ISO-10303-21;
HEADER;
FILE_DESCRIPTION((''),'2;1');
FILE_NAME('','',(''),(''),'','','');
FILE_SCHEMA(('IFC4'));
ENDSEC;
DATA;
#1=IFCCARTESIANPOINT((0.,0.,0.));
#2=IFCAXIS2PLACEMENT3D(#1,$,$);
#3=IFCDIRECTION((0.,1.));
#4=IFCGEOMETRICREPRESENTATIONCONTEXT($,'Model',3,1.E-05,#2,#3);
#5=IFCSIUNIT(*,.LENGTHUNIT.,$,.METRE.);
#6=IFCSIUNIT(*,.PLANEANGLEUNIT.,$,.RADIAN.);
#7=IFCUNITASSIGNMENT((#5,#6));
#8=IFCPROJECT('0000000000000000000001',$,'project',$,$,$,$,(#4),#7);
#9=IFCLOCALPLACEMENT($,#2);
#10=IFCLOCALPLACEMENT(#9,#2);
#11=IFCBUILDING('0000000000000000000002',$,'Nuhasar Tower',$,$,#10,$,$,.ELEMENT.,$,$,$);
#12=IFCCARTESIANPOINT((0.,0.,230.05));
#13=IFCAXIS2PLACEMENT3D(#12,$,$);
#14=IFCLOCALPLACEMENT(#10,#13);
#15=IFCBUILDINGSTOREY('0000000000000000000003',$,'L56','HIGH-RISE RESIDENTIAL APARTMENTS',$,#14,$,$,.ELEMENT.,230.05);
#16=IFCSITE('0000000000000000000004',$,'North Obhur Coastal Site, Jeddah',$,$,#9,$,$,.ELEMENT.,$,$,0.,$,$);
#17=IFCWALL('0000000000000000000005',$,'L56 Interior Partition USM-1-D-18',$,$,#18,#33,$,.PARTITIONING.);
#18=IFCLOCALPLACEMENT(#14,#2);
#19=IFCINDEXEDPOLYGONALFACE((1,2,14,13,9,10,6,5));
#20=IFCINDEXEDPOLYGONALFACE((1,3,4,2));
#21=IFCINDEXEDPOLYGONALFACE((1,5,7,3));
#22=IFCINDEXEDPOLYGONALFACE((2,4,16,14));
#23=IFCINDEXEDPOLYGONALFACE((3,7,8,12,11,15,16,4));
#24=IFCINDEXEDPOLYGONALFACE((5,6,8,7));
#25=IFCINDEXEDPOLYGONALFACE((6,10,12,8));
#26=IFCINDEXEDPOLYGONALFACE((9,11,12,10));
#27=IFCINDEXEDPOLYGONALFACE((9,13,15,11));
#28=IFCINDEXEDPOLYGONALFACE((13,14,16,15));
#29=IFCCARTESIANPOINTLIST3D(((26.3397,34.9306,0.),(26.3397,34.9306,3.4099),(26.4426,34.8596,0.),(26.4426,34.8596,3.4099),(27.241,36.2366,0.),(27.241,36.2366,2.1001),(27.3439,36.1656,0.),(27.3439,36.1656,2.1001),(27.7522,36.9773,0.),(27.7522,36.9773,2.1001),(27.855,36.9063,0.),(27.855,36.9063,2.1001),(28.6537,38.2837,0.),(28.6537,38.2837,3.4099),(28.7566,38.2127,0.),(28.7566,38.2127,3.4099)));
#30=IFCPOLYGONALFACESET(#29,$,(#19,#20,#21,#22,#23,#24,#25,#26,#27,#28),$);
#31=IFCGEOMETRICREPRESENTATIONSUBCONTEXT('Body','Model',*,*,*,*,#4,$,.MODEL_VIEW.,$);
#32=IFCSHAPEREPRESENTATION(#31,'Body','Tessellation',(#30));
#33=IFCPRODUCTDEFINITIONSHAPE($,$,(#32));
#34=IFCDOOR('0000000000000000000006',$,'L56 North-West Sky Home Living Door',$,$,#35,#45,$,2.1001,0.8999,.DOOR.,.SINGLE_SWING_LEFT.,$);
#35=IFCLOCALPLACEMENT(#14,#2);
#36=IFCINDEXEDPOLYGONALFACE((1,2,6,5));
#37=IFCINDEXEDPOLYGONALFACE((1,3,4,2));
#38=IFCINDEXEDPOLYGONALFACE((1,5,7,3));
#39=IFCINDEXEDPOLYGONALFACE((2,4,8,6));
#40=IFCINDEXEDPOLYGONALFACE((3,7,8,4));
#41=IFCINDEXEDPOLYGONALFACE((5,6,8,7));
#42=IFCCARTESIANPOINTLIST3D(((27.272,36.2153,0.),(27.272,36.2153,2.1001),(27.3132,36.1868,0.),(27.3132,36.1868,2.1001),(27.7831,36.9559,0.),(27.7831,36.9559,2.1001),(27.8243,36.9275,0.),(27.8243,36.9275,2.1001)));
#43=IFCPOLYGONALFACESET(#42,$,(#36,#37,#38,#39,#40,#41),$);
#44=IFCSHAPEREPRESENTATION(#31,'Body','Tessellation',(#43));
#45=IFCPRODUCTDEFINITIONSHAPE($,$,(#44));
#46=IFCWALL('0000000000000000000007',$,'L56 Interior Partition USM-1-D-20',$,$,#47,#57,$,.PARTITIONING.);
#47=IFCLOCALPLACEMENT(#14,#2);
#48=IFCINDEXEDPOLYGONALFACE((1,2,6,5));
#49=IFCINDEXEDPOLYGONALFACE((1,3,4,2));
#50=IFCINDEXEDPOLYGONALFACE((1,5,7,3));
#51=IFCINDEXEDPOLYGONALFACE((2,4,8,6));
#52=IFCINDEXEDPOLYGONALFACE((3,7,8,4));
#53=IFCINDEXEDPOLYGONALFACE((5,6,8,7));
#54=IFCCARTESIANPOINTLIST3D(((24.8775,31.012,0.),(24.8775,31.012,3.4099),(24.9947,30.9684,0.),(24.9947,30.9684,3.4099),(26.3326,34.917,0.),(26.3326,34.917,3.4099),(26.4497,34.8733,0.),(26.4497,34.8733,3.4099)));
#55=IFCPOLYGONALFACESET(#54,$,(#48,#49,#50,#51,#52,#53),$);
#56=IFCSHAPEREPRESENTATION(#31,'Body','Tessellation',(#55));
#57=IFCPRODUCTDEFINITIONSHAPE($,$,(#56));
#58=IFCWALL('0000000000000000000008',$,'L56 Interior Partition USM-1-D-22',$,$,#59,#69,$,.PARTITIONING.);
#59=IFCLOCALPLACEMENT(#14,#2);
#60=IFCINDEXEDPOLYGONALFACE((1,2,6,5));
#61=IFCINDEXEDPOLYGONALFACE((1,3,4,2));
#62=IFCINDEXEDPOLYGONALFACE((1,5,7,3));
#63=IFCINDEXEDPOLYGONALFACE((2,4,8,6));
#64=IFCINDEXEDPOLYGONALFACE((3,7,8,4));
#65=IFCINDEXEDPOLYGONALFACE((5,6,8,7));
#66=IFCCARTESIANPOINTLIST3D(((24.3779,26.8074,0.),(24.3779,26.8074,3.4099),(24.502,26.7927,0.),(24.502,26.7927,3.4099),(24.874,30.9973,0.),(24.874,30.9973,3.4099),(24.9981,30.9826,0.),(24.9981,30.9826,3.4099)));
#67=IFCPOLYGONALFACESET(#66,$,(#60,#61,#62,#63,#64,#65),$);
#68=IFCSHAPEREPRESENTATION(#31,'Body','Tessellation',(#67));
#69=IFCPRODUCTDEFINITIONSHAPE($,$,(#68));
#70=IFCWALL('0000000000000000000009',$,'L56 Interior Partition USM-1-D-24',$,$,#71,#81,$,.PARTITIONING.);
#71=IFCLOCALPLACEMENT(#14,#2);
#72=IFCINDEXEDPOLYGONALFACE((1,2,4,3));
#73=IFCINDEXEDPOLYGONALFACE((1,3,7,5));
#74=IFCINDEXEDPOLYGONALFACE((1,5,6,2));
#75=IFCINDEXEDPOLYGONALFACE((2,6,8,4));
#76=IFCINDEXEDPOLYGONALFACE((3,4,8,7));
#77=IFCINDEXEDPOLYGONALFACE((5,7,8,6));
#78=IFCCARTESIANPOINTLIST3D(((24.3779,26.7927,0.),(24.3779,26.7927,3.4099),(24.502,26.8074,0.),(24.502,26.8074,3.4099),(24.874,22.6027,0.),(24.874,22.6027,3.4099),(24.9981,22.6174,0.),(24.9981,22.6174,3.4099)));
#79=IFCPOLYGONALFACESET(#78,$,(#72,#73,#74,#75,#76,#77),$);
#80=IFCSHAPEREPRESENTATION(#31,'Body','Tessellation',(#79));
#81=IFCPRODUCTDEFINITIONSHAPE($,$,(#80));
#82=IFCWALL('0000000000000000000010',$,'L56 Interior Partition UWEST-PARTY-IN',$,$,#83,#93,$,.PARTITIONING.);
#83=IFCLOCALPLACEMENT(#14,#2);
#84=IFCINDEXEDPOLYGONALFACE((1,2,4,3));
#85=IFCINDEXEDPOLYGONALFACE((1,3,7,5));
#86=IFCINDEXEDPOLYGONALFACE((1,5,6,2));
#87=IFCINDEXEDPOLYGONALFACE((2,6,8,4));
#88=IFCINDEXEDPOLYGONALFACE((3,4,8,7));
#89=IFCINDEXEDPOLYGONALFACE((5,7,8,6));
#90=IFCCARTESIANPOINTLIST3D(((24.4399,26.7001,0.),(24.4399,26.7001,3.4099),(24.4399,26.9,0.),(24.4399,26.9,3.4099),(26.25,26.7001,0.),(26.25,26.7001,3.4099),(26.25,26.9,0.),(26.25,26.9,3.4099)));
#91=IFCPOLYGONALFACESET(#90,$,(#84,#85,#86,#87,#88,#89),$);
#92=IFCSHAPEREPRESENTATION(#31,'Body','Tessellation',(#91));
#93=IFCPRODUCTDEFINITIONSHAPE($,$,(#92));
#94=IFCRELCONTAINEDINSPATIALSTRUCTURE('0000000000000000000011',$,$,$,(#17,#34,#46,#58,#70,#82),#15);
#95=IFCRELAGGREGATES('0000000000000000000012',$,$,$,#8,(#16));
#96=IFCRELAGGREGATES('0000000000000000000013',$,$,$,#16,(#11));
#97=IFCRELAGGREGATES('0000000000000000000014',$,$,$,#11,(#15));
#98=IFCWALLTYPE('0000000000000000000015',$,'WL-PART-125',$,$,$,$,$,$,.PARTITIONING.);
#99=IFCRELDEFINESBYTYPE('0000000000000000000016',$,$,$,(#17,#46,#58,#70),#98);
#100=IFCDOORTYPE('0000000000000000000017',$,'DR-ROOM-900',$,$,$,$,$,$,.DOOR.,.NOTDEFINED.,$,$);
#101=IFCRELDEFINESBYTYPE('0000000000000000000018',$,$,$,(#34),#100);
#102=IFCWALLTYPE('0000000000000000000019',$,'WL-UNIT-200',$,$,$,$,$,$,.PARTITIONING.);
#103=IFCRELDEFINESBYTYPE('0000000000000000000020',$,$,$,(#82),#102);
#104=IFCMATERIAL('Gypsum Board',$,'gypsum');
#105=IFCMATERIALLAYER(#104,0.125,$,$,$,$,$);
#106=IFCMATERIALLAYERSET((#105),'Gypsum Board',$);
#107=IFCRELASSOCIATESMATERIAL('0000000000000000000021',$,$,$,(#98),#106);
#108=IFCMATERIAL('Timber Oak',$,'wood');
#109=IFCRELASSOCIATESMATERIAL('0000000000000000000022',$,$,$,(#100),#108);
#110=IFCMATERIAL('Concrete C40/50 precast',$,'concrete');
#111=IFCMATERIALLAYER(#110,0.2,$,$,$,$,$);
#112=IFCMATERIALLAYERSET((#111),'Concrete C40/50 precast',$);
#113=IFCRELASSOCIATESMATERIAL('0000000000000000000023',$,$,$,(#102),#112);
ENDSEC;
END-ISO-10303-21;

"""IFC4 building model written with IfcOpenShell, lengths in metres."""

from ifc_helpers import new_model, si_unit, direction, frame, frame_2d, origin, place, context, subcontext, project, spatial, rectangle, extrude, material, layer, layer_set, type_object, element, fill, save


model = new_model("IFC4")

# Units and contexts
model_context = context("Model", 3, precision=1e-05, world=origin(), true_north=direction((0.0, 1.0)))
body_context = subcontext(model_context, "Body", "Model", "MODEL_VIEW")
ifc_project = project(units=[si_unit("LENGTHUNIT", "METRE"), si_unit("PLANEANGLEUNIT", "RADIAN")], contexts=[model_context])

# Site, building, storey
site_placement = place(None, origin())
site = spatial("IfcSite", under=ifc_project, at=site_placement, Name="North Obhur Coastal Site, Jeddah", CompositionType="ELEMENT", RefElevation=0.0)
building_placement = place(site_placement, origin())
building = spatial("IfcBuilding", under=site, at=building_placement, Name="Nuhasar Tower", CompositionType="ELEMENT")
storey_placement = place(building_placement, frame((0.0, 0.0, 230.05)))
storey = spatial("IfcBuildingStorey", under=building, at=storey_placement, Name="L56", Description="HIGH-RISE RESIDENTIAL APARTMENTS", CompositionType="ELEMENT", Elevation=230.05)

# Shared definitions
ifc_material_1 = material(Name="Gypsum Board", Category="gypsum")
ifc_material_2 = material(Name="Timber Oak", Category="wood")

# Wall, opening, door
ifc_layer_1 = layer(ifc_material_1, 0.125)
ifc_layer_set_1 = layer_set([ifc_layer_1], Name="Gypsum Board")
wall_type_1 = type_object("IfcWallType", Name="WL-PART-125", PredefinedType="PARTITIONING", material=ifc_layer_set_1)
wall_1_placement = place(storey_placement, frame((26.3911, 34.895, 0.0), z_axis=(0.0, 0.0, 1.0), x_axis=(0.567988, 0.823037, 0.0)))
wall_1 = element("IfcWall", 1, at=wall_1_placement, inside=storey, type_object=wall_type_1, Name="L56 Interior Partition USM-1-D-18", PredefinedType="PARTITIONING", context=body_context, shape_type="SweptSolid", body=[
    extrude(rectangle(XDim=4.074, YDim=0.125, at=frame_2d((2.0371, 0.0))), origin(), (0.0, 0.0, 1.0), 3.4099),
])
opening_1_placement = place(wall_1_placement, frame((1.5869, 0.0, 0.0)))
opening_1 = element("IfcOpeningElement", 2, at=opening_1_placement, cuts=wall_1, PredefinedType="OPENING", context=body_context, shape_type="SweptSolid", body=[
    extrude(rectangle(XDim=0.8999, YDim=2.1001, at=frame_2d((0.45, 1.05))), frame((0.0, 0.0725, 0.0), z_axis=(0.0, -1.0, 0.0), x_axis=(1.0, 0.0, 0.0)), (0.0, 0.0, 1.0), 0.145),
])
door_type_1 = type_object("IfcDoorType", Name="DR-ROOM-900", OperationType="NOTDEFINED", PredefinedType="DOOR", material=ifc_material_2)
door_1_placement = place(opening_1_placement, origin())
door_1 = element("IfcDoor", 3, at=door_1_placement, inside=storey, type_object=door_type_1, Name="L56 North-West Sky Home Living Door", OperationType="SINGLE_SWING_LEFT", OverallHeight=2.1001, OverallWidth=0.8999, PredefinedType="DOOR", context=body_context, shape_type="SweptSolid", body=[
    extrude(rectangle(XDim=0.8999, YDim=2.1001, at=frame_2d((0.45, 1.05))), frame((0.0, 0.0249, 0.0), z_axis=(0.0, -1.0, 0.0), x_axis=(1.0, 0.0, 0.0)), (0.0, 0.0, 1.0), 0.05),
])
fill(opening_1, door_1)

# Walls
wall_2_placement = place(storey_placement, frame((26.3911, 34.895, 0.0), z_axis=(0.0, 0.0, 1.0), x_axis=(-0.349165, -0.937061, 0.0)))
element("IfcWall", 4, at=wall_2_placement, inside=storey, type_object=wall_type_1, Name="L56 Interior Partition USM-1-D-20", PredefinedType="PARTITIONING", context=body_context, shape_type="SweptSolid", body=[
    extrude(rectangle(XDim=4.1672, YDim=0.125, at=frame_2d((2.0835, 0.0))), origin(), (0.0, 0.0, 1.0), 3.4099),
])
for number, where, z_axis, x_axis, name in (
    (5, (24.936, 30.99, 0.0), (0.0, 0.0, 1.0), (-0.11758, -0.993063, 0.0), "L56 Interior Partition USM-1-D-22"),
    (6, (24.4399, 26.8, 0.0), (0.0, 0.0, 1.0), (0.11758, -0.993063, 0.0), "L56 Interior Partition USM-1-D-24"),
):
    element("IfcWall", number, at=place(storey_placement, frame(where, z_axis=z_axis, x_axis=x_axis)), inside=storey, type_object=wall_type_1, Name=name, PredefinedType="PARTITIONING", context=body_context, shape_type="SweptSolid", body=[
        extrude(rectangle(XDim=4.2192, YDim=0.125, at=frame_2d((2.1096, 0.0))), origin(), (0.0, 0.0, 1.0), 3.4099),
    ])
ifc_material_3 = material(Name="Concrete C40/50 precast", Category="concrete")
ifc_layer_2 = layer(ifc_material_3, 0.2)
ifc_layer_set_2 = layer_set([ifc_layer_2], Name="Concrete C40/50 precast")
wall_type_2 = type_object("IfcWallType", Name="WL-UNIT-200", PredefinedType="PARTITIONING", material=ifc_layer_set_2)
wall_3_placement = place(storey_placement, frame((26.25, 26.8, 0.0), z_axis=(0.0, 0.0, 1.0), x_axis=(-1.0, 0.0, 0.0)))
element("IfcWall", 7, at=wall_3_placement, inside=storey, type_object=wall_type_2, Name="L56 Interior Partition UWEST-PARTY-IN", PredefinedType="PARTITIONING", context=body_context, shape_type="SweptSolid", body=[
    extrude(rectangle(XDim=1.8101, YDim=0.2, at=frame_2d((0.905, 0.0))), origin(), (0.0, 0.0, 1.0), 3.4099),
])

save(model, "model.ifc")
